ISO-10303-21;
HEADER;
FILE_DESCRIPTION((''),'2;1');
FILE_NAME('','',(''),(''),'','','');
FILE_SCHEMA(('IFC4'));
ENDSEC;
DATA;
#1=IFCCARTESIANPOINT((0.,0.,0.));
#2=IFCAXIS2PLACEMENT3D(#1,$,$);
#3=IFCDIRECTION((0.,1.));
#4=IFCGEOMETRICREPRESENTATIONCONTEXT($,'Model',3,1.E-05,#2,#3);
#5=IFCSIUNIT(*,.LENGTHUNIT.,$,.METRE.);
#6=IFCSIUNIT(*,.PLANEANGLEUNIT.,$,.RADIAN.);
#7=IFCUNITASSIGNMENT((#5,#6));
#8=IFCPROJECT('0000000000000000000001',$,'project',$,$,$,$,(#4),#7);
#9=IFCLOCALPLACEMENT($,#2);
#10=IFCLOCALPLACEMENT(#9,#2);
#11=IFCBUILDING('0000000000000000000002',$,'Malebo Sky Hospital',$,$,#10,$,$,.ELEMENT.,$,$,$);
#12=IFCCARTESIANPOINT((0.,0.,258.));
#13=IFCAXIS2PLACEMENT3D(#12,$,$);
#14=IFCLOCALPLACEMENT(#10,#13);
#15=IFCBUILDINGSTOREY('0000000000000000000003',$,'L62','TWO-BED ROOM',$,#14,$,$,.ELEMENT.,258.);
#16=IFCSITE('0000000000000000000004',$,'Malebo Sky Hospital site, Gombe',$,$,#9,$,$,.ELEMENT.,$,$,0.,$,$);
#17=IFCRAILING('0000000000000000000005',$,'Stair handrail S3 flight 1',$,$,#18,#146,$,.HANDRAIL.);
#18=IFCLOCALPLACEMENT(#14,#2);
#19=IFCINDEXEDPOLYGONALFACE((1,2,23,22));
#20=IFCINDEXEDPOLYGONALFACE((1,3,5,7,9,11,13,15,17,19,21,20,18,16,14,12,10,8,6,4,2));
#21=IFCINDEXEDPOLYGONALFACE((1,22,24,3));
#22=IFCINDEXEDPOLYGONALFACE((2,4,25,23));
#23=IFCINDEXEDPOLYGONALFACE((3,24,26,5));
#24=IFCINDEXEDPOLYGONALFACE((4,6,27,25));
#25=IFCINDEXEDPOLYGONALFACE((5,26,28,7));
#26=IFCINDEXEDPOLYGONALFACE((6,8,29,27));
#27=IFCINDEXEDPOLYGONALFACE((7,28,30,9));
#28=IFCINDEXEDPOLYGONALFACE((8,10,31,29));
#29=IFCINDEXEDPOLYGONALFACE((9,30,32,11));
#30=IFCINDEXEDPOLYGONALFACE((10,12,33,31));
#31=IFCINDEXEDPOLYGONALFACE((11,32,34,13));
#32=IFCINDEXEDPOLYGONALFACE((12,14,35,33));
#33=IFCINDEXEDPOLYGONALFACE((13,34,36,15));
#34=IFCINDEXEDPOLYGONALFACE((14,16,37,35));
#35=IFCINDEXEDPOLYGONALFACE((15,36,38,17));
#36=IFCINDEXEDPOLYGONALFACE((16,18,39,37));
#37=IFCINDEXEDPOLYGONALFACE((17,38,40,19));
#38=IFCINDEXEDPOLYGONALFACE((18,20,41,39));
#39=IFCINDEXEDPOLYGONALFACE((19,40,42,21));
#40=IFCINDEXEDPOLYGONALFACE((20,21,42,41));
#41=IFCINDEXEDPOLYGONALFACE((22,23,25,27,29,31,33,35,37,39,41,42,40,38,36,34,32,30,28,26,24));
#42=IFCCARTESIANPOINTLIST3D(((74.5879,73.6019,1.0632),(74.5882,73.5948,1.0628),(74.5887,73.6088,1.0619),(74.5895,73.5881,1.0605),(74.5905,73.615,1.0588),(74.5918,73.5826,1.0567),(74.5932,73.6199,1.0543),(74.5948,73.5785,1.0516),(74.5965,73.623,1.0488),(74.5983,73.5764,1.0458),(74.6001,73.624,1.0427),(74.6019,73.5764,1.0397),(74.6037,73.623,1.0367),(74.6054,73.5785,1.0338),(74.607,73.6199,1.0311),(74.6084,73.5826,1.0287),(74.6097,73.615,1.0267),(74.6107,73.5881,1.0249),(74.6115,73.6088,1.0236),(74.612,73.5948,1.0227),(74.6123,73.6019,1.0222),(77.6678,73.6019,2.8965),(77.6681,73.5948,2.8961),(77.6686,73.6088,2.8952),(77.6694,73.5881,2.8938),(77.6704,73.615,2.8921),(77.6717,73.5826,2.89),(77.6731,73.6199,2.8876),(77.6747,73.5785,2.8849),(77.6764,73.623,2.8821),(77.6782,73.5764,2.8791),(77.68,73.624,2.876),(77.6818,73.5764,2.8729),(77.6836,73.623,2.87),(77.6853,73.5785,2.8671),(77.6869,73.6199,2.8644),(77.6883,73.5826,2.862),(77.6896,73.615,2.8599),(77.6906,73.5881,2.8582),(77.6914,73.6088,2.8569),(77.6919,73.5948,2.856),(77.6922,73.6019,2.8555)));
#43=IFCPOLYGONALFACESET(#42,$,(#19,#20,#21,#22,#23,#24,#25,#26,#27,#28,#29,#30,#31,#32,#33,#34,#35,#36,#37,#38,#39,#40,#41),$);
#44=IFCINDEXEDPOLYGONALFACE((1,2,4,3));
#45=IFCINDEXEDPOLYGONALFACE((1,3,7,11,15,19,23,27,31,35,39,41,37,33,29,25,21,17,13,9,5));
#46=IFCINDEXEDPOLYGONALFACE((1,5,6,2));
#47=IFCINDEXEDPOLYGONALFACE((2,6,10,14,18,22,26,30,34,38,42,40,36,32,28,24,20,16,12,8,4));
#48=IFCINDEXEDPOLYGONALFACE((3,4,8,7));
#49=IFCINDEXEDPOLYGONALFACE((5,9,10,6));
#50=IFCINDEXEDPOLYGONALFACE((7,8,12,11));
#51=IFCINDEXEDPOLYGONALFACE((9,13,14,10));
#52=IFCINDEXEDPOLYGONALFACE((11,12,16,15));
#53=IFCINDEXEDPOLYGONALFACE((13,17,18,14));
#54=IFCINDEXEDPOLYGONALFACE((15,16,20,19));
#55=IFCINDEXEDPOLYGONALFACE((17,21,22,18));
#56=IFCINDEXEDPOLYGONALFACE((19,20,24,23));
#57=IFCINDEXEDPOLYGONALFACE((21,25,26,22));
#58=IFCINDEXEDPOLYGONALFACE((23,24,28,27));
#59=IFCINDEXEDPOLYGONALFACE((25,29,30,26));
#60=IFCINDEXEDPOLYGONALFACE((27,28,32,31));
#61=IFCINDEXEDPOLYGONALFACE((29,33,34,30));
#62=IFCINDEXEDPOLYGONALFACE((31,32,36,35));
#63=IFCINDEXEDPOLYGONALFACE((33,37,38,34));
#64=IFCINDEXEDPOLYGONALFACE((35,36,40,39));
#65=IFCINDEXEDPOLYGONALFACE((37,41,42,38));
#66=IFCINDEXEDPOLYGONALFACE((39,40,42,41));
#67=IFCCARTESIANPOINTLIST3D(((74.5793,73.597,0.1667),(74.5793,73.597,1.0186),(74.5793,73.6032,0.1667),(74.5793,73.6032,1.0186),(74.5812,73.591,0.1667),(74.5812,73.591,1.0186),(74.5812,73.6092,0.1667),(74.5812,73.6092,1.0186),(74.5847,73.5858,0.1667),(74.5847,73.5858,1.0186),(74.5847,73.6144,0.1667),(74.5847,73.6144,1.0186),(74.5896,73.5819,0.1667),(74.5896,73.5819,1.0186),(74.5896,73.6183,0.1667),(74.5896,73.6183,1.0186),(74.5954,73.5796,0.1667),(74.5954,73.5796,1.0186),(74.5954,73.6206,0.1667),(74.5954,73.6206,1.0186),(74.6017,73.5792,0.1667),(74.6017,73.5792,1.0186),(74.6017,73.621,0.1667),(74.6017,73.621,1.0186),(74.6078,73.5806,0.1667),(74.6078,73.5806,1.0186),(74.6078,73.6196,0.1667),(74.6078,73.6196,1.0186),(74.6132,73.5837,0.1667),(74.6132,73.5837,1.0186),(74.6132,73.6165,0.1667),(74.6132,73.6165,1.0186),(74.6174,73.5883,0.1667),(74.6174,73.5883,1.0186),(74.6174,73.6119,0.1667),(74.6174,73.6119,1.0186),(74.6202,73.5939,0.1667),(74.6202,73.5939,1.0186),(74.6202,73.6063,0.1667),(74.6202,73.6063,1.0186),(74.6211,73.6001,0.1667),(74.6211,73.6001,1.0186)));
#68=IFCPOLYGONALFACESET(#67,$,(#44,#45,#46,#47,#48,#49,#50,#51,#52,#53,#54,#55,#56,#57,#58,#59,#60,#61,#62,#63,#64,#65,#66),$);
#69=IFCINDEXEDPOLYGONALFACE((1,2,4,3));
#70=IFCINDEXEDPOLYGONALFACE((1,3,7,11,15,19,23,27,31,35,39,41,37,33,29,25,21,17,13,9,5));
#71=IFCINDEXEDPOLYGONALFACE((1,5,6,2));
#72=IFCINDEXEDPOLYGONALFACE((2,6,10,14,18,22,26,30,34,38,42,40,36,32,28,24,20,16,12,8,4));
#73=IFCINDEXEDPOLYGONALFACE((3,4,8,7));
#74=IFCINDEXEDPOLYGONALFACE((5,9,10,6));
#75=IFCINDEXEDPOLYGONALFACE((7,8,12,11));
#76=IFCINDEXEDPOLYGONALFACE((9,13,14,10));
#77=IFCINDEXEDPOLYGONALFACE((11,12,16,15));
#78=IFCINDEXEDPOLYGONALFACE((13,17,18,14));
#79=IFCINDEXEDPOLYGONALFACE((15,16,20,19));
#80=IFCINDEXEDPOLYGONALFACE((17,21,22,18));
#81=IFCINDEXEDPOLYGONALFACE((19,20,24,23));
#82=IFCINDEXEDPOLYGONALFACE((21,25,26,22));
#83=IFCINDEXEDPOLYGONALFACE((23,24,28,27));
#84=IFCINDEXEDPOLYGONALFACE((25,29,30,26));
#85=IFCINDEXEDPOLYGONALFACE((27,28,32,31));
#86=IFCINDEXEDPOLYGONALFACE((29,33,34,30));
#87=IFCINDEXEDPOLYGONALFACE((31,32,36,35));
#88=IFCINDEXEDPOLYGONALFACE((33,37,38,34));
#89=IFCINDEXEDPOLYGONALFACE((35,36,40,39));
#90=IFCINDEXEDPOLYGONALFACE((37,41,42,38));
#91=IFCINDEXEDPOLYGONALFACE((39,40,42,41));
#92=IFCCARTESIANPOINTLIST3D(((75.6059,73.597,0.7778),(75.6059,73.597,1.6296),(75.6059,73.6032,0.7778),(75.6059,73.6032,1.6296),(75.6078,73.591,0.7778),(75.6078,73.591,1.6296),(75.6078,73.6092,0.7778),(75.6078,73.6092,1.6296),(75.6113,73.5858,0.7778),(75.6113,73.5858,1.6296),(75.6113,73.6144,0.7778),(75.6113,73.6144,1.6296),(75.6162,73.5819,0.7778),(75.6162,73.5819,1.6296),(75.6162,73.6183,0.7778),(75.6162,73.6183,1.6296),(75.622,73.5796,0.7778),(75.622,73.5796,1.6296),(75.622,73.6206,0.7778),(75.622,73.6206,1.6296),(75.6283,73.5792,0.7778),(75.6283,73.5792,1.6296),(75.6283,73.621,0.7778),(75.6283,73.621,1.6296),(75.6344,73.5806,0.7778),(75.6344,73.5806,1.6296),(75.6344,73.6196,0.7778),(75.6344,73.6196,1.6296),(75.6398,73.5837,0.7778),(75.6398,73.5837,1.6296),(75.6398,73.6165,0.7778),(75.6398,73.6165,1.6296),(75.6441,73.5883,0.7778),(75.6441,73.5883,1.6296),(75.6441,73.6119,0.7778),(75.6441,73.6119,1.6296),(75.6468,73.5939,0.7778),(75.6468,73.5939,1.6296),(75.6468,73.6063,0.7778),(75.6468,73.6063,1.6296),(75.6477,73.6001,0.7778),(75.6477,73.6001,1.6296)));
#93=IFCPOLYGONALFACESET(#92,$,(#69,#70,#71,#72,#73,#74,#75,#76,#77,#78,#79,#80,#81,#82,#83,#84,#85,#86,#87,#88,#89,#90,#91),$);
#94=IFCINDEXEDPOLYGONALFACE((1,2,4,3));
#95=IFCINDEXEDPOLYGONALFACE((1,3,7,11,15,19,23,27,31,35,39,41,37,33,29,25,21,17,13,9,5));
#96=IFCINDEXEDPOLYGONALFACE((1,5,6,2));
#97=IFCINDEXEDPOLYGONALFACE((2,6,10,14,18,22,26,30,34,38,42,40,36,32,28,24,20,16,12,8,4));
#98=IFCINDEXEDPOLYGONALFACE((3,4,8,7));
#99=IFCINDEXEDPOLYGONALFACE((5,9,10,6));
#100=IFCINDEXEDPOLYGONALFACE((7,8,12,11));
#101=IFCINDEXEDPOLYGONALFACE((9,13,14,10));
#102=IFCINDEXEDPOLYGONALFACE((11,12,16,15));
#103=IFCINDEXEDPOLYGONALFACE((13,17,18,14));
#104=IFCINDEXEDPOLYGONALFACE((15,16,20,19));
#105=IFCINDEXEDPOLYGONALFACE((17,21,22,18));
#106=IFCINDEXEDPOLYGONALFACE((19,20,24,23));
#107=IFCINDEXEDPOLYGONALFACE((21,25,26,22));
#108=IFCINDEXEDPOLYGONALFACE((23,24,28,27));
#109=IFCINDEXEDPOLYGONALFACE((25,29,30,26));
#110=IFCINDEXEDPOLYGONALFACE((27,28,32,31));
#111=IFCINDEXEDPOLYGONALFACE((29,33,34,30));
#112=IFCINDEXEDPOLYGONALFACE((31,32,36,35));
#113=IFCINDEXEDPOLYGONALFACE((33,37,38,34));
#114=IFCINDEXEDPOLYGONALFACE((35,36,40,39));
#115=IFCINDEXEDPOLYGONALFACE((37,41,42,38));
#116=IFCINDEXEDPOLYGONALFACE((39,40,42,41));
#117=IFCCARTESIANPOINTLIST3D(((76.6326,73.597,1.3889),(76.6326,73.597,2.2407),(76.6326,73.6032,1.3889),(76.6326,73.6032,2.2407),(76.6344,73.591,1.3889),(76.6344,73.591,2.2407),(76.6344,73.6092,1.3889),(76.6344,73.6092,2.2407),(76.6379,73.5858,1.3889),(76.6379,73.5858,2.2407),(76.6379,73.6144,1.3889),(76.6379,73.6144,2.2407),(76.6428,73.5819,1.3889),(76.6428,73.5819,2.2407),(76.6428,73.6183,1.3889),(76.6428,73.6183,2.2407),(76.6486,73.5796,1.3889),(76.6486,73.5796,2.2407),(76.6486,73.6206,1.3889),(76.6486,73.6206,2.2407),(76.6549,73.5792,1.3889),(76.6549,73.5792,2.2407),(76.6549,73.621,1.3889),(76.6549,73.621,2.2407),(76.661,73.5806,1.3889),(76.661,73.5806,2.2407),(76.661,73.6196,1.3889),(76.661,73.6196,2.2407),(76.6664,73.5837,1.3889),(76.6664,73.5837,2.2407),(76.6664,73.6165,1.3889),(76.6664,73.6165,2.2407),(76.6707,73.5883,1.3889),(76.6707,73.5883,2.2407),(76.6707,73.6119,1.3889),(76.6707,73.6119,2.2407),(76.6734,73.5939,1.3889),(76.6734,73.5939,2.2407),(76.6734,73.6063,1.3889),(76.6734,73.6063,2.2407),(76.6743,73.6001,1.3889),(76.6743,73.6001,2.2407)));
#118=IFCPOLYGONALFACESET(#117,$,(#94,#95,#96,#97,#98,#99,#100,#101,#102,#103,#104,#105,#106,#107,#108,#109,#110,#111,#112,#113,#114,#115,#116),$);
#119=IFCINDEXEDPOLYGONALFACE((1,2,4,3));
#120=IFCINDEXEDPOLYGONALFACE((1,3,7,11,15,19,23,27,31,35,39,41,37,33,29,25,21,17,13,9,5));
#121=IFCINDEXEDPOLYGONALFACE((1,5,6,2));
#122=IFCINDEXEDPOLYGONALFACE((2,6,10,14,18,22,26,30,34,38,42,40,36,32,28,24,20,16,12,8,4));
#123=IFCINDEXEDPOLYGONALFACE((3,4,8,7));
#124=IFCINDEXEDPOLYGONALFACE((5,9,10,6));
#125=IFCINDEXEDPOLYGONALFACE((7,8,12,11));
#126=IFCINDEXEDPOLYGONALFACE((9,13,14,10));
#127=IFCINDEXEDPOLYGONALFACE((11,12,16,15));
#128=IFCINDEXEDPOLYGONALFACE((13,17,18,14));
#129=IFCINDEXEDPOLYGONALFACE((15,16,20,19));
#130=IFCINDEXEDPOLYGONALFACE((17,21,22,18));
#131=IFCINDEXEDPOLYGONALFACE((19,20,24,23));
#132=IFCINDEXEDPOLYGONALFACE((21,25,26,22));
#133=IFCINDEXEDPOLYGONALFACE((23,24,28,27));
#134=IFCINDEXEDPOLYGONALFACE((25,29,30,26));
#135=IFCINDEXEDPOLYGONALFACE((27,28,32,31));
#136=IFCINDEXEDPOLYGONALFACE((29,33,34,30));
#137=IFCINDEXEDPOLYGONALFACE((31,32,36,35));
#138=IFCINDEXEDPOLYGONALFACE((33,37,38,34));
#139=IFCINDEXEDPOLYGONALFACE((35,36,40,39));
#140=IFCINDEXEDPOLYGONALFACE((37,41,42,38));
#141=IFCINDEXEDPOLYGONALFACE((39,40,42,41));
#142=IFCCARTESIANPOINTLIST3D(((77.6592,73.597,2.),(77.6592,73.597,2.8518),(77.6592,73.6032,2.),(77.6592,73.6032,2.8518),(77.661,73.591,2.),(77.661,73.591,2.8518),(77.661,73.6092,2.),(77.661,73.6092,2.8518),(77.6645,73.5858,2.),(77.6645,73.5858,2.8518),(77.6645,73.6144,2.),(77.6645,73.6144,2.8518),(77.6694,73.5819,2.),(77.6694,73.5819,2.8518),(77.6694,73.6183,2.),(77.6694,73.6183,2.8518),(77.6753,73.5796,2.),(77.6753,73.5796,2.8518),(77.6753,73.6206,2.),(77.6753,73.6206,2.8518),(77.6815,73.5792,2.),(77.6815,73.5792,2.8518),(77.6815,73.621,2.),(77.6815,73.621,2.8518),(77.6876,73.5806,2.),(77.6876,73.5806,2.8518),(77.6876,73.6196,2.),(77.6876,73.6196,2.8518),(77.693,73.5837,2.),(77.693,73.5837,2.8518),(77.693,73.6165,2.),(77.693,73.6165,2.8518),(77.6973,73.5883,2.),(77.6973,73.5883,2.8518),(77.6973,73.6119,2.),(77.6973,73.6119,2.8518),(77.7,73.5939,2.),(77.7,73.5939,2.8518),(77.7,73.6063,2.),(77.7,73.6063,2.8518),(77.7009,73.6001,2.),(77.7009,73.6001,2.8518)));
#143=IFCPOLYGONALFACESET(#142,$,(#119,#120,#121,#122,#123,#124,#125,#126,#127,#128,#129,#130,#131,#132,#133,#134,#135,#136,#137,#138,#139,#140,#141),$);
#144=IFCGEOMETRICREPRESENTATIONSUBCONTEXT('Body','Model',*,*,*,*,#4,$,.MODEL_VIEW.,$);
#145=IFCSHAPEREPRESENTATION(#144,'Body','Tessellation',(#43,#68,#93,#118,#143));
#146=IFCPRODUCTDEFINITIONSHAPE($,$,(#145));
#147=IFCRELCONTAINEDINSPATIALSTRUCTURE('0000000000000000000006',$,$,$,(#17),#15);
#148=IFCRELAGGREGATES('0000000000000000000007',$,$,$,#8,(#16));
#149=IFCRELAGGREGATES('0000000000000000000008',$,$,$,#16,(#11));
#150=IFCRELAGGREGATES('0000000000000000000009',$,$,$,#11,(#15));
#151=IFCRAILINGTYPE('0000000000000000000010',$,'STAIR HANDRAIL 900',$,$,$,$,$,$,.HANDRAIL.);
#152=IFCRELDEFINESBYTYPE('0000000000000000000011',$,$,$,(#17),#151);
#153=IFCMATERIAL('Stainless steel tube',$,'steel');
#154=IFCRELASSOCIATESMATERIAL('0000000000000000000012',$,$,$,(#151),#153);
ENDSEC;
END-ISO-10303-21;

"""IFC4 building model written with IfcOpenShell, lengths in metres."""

from ifc_helpers import new_model, si_unit, direction, frame, origin, origin_2d, place, context, subcontext, project, spatial, circle, extrude, material, type_object, element, save


model = new_model("IFC4")

# Units and contexts
model_context = context("Model", 3, precision=1e-05, world=origin(), true_north=direction((0.0, 1.0)))
body_context = subcontext(model_context, "Body", "Model", "MODEL_VIEW")
ifc_project = project(units=[si_unit("LENGTHUNIT", "METRE"), si_unit("PLANEANGLEUNIT", "RADIAN")], contexts=[model_context])

# Site, building, storey
site_placement = place(None, origin())
site = spatial("IfcSite", under=ifc_project, at=site_placement, Name="Malebo Sky Hospital site, Gombe", CompositionType="ELEMENT", RefElevation=0.0)
building_placement = place(site_placement, origin())
building = spatial("IfcBuilding", under=site, at=building_placement, Name="Malebo Sky Hospital", CompositionType="ELEMENT")
storey_placement = place(building_placement, frame((0.0, 0.0, 258.0)))
storey = spatial("IfcBuildingStorey", under=building, at=storey_placement, Name="L62", Description="TWO-BED ROOM", CompositionType="ELEMENT", Elevation=258.0)

# Railing
ifc_material_1 = material(Name="Stainless steel tube", Category="steel")
railing_type_1 = type_object("IfcRailingType", Name="STAIR HANDRAIL 900", PredefinedType="HANDRAIL", material=ifc_material_1)
railing_1_placement = place(storey_placement, frame((74.6001, 73.6001, 0.1667)))
element("IfcRailing", 1, at=railing_1_placement, inside=storey, type_object=railing_type_1, Name="Stair handrail S3 flight 1", PredefinedType="HANDRAIL", context=body_context, shape_type="SweptSolid", body=[
    extrude(circle(Radius=0.0239, at=origin_2d()), frame((0.0, 0.0, 0.876), z_axis=(0.859291, 0.0, 0.511487), x_axis=(0.0, 1.0, 0.0)), (0.0, 0.0, 1.0), 3.5842),
    extrude(circle(Radius=0.021, at=origin_2d()), origin(), (0.0, 0.0, 1.0), 0.8518),
    extrude(circle(Radius=0.021, at=origin_2d()), frame((1.0266, 0.0, 0.6111)), (0.0, 0.0, 1.0), 0.8518),
    extrude(circle(Radius=0.021, at=origin_2d()), frame((2.0532, 0.0, 1.2222)), (0.0, 0.0, 1.0), 0.8518),
    extrude(circle(Radius=0.021, at=origin_2d()), frame((3.0798, 0.0, 1.8333)), (0.0, 0.0, 1.0), 0.8518),
])

save(model, "model.ifc")
